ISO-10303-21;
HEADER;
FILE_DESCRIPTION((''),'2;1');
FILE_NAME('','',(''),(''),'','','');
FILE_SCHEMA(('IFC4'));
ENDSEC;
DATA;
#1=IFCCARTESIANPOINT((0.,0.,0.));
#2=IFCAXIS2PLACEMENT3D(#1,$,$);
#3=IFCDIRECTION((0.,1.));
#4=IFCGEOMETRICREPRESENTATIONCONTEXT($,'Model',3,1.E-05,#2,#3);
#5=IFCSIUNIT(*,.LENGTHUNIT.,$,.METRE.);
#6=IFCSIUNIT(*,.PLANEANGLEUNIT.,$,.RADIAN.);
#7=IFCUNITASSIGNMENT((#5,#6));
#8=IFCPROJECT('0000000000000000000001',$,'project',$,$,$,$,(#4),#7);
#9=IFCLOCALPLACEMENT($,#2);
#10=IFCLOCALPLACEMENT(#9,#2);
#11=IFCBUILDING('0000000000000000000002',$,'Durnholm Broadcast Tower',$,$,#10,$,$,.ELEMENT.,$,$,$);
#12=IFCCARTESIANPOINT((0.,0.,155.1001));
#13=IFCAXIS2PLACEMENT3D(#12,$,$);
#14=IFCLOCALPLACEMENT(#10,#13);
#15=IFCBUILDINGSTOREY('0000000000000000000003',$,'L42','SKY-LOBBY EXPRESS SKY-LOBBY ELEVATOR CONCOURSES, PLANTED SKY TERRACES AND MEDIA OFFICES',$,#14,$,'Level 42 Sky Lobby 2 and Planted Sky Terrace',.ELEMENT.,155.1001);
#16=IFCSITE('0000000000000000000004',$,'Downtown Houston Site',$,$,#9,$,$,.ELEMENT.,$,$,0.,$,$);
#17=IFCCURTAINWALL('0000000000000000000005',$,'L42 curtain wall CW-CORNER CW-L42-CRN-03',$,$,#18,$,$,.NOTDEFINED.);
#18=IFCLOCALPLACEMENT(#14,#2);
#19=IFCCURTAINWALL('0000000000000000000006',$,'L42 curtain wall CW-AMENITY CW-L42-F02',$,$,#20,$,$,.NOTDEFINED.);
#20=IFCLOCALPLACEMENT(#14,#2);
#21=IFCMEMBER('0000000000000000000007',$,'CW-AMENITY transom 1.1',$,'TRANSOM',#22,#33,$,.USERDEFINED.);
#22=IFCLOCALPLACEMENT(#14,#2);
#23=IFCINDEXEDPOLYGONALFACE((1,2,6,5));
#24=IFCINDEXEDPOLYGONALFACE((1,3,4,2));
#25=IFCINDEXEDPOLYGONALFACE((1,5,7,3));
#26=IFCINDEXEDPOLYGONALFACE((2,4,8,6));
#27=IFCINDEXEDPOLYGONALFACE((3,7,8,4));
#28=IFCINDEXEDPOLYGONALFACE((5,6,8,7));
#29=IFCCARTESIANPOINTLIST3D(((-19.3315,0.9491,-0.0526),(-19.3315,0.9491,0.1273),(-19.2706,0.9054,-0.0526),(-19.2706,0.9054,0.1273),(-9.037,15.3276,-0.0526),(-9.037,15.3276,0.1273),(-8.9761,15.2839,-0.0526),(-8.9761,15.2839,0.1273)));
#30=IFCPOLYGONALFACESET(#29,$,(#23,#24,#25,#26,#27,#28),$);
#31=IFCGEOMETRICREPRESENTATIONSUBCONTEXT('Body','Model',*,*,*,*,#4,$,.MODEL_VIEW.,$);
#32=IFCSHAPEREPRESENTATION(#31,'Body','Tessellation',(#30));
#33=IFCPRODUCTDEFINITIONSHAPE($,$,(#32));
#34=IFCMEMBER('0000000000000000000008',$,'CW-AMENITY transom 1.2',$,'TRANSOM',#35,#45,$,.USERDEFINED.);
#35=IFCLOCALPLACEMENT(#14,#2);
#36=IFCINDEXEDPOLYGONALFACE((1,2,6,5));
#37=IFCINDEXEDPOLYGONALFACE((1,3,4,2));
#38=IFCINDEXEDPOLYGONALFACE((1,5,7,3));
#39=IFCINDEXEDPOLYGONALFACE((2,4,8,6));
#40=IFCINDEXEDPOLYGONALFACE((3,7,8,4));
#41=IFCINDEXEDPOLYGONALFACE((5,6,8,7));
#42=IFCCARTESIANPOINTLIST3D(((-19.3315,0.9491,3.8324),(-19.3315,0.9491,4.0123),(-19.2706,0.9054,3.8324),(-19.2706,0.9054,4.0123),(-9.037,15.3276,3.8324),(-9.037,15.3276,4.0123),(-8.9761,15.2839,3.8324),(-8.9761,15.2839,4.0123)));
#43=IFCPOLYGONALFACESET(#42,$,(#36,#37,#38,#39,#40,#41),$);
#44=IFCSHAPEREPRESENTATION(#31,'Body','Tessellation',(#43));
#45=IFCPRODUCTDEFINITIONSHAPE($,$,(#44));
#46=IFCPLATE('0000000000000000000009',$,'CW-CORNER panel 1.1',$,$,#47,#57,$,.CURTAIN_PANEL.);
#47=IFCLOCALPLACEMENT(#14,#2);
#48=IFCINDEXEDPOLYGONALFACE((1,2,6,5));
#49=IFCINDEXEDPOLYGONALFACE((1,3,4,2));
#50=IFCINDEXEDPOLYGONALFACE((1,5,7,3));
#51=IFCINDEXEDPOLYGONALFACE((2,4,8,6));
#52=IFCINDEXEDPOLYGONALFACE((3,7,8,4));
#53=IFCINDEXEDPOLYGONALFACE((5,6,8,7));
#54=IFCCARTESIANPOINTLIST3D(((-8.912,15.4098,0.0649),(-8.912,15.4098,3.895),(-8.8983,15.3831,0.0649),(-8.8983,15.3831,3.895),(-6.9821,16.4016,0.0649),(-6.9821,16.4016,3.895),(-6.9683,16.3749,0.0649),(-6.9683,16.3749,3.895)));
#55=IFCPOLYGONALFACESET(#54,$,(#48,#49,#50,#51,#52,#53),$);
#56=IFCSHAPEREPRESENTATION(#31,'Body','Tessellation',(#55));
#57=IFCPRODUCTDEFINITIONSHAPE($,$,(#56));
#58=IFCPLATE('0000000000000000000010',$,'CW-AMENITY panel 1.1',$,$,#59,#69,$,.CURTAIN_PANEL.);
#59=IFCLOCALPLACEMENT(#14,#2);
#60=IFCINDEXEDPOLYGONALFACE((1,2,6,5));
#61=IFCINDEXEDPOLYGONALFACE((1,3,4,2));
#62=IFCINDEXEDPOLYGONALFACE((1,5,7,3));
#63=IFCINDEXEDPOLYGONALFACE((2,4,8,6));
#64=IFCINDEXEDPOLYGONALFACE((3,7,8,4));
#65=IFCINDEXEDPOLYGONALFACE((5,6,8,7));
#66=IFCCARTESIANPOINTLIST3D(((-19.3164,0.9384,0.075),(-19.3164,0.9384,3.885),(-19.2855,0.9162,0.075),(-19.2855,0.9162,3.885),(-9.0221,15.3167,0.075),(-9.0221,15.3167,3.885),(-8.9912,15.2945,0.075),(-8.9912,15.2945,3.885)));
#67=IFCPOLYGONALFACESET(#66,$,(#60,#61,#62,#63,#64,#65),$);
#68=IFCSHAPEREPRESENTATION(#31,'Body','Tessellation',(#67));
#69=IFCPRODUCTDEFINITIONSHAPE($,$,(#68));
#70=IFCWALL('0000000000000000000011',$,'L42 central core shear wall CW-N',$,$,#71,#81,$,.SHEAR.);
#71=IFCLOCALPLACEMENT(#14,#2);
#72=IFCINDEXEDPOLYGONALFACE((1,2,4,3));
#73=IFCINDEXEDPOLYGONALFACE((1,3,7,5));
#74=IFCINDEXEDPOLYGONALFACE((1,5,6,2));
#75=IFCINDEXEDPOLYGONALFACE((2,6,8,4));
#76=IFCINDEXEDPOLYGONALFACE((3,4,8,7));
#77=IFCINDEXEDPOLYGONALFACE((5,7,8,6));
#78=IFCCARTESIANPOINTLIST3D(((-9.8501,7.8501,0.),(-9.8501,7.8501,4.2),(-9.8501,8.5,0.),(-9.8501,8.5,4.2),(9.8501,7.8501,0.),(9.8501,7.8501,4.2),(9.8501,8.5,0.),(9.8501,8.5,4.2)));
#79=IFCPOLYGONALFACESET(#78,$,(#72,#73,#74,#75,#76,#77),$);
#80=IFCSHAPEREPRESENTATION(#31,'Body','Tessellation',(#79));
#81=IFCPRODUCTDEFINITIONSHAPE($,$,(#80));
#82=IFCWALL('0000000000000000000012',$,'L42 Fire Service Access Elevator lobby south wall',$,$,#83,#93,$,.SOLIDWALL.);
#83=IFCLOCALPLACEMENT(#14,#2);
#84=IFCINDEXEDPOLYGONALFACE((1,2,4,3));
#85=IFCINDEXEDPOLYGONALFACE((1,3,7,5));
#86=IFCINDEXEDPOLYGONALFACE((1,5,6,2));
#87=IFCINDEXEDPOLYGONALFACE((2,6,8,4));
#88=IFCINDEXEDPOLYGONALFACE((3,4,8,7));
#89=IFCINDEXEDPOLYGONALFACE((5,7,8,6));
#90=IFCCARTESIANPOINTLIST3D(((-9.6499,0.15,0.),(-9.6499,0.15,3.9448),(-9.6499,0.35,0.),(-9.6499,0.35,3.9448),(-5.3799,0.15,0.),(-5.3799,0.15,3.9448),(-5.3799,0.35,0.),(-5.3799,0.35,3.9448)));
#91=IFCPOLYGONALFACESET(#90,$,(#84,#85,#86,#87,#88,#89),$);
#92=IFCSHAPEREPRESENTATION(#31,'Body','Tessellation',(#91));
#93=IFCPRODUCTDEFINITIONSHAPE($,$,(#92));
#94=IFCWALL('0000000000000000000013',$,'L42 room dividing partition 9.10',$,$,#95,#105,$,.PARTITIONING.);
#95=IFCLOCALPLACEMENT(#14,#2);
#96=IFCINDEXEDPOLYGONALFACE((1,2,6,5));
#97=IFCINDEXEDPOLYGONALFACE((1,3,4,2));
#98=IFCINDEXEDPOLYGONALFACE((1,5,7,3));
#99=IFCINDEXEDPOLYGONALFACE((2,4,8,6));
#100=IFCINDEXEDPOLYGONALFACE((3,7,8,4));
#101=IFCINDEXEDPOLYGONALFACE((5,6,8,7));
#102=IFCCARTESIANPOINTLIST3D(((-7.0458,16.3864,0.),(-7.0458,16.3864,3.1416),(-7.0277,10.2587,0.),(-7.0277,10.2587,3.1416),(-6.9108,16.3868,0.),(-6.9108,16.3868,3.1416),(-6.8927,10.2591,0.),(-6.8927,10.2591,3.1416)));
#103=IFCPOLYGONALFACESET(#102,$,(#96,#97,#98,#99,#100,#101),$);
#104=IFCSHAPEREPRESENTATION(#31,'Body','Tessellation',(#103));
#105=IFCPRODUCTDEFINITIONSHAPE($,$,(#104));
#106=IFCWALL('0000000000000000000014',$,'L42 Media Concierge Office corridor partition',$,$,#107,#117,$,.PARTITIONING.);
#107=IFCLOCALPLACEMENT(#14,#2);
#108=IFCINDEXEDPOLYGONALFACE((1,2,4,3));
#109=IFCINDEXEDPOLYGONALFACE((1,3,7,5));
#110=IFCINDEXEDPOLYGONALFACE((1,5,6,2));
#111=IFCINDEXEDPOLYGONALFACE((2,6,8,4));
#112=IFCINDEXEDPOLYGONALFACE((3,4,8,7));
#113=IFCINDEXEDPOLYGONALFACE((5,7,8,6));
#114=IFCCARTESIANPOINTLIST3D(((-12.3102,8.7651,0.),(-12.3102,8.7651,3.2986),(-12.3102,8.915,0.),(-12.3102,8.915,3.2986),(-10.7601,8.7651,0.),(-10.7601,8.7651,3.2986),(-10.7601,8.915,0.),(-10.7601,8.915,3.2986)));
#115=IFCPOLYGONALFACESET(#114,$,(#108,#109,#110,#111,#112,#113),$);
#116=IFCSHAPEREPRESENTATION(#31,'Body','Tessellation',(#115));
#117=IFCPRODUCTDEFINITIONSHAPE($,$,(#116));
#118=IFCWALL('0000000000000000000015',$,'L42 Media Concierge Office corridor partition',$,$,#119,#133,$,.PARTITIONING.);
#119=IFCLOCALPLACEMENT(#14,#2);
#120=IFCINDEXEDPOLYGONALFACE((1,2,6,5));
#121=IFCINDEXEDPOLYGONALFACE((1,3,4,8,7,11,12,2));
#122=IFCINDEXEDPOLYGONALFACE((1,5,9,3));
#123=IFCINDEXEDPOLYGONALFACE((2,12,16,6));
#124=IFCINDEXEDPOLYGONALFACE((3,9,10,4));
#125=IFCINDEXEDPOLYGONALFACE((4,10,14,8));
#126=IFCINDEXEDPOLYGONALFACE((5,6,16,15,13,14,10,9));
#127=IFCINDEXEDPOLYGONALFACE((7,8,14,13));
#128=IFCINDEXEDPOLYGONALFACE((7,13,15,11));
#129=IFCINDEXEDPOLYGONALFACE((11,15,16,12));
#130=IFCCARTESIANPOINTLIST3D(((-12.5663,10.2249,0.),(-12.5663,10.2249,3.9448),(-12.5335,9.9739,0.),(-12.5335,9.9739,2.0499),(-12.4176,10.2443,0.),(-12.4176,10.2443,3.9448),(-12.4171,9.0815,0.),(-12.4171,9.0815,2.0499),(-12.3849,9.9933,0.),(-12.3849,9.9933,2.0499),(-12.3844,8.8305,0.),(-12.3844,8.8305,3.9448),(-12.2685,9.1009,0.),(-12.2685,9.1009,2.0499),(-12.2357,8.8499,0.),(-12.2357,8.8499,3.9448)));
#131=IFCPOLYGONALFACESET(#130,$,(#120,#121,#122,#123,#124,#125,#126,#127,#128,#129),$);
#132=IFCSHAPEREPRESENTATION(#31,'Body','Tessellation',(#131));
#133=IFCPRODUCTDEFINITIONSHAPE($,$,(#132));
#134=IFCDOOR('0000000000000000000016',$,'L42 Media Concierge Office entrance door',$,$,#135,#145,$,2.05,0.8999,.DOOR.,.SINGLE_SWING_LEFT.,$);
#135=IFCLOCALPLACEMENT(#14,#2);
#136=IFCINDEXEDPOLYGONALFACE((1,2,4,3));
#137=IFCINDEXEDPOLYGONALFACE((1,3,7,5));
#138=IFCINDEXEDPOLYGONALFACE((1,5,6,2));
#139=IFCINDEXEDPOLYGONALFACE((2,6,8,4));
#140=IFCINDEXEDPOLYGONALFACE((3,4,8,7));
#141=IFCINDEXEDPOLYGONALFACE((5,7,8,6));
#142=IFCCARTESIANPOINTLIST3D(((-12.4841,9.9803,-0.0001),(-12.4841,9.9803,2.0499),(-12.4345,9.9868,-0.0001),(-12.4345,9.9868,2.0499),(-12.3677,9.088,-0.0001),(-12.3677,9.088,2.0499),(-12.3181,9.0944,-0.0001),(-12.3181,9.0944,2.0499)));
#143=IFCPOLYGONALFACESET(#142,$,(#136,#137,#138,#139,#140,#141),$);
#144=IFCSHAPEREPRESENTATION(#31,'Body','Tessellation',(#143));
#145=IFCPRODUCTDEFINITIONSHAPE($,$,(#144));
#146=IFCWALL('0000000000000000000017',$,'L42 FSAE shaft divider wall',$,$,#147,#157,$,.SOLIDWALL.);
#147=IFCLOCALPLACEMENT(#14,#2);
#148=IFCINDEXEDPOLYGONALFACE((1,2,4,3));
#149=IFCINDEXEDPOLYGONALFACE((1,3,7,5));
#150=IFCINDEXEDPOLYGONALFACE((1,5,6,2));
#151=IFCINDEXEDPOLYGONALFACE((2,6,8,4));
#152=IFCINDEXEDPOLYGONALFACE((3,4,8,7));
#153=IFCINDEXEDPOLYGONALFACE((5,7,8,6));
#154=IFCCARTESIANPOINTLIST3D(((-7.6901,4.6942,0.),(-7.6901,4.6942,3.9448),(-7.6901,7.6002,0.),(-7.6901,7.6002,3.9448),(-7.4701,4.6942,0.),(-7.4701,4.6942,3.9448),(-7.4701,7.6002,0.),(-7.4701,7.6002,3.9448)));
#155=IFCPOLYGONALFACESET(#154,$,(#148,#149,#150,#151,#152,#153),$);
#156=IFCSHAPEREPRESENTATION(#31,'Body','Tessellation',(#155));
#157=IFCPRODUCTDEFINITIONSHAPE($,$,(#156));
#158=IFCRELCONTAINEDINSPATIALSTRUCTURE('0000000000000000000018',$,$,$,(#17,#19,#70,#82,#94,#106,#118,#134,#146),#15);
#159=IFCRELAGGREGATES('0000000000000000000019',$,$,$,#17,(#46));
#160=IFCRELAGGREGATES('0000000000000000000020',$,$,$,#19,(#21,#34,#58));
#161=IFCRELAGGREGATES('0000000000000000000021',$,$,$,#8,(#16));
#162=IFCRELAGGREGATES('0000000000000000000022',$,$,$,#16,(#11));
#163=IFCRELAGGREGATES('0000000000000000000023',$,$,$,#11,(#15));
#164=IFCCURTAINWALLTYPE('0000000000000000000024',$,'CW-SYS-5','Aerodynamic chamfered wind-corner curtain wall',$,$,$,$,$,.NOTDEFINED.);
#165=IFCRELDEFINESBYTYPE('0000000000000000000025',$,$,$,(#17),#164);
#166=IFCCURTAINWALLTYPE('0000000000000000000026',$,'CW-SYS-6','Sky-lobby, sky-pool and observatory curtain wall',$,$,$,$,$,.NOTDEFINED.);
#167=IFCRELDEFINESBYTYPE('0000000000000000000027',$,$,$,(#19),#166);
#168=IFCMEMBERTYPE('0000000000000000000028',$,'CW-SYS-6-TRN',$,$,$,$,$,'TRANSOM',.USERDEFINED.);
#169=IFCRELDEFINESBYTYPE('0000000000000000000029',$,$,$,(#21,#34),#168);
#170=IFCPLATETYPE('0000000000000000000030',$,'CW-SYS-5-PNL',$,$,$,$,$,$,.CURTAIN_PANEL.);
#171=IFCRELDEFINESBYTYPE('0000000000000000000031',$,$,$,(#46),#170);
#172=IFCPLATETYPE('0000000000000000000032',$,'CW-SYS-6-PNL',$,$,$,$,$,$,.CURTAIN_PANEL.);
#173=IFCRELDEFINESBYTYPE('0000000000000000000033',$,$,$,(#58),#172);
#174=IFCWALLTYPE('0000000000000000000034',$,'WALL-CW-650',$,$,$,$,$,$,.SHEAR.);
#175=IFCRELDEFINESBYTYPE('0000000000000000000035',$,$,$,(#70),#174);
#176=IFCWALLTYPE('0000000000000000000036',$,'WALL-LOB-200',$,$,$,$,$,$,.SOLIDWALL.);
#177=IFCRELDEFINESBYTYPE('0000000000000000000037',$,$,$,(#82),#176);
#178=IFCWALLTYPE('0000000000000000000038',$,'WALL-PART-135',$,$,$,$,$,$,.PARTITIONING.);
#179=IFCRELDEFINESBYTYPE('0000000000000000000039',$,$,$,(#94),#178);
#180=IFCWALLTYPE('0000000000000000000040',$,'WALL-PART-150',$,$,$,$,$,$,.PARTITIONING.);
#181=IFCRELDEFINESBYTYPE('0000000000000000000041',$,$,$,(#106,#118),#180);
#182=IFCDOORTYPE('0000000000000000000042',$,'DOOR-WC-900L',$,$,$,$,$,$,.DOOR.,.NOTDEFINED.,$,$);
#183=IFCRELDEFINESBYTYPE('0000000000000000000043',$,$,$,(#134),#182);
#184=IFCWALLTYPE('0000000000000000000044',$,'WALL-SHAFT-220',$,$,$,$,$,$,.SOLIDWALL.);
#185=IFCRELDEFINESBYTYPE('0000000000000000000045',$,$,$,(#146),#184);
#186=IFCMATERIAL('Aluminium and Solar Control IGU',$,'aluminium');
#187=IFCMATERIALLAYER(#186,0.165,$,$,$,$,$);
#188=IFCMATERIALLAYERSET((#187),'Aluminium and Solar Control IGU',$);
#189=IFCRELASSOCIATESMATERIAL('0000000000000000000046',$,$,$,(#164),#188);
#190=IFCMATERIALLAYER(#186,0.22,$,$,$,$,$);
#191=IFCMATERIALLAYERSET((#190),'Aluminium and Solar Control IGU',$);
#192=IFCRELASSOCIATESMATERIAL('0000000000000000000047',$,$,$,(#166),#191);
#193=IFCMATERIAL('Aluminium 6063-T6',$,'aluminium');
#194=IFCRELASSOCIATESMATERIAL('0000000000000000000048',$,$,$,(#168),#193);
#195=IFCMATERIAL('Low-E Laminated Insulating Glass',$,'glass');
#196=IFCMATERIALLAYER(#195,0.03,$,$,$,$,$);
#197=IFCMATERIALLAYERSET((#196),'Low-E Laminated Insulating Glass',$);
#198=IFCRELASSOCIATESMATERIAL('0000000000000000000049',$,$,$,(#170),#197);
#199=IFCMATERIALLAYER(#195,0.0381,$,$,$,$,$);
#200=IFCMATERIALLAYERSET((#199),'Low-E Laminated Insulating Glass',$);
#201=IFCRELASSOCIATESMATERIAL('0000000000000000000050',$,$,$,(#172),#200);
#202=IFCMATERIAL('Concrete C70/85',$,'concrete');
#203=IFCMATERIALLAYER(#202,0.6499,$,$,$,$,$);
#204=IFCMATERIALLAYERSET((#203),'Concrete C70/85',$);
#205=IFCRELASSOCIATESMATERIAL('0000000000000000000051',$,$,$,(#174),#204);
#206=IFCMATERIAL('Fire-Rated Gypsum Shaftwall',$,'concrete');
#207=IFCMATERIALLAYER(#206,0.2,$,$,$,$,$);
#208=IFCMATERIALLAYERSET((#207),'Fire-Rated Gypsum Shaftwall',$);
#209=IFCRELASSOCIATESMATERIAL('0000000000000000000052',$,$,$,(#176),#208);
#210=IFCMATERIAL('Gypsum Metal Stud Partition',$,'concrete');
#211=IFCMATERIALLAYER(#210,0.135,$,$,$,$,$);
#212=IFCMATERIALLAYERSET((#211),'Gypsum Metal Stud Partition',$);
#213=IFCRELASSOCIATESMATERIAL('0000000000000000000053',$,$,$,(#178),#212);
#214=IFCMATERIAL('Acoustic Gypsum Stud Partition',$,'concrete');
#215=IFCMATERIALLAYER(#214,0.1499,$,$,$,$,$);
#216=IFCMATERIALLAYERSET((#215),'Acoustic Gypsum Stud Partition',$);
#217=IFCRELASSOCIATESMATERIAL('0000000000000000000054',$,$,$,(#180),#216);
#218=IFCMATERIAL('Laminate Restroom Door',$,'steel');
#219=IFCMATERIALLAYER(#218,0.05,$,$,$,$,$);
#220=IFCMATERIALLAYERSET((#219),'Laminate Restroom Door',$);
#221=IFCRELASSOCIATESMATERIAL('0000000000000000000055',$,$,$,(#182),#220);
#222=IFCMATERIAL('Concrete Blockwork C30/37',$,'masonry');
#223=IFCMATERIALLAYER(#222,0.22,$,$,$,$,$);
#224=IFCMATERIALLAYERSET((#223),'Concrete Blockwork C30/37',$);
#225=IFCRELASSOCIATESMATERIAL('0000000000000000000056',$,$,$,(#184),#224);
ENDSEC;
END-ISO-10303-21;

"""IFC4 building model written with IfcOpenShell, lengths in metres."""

from ifc_helpers import new_model, si_unit, direction, frame, frame_2d, origin, origin_2d, place, context, subcontext, project, spatial, rectangle, extrude, source, transform, mapped, material, layer, layer_set, material_profile, profile_set, type_object, type_shapes, element, fill, aggregate, save


model = new_model("IFC4")

# Units and contexts
model_context = context("Model", 3, precision=1e-05, world=origin(), true_north=direction((0.0, 1.0)))
body_context = subcontext(model_context, "Body", "Model", "MODEL_VIEW")
ifc_project = project(units=[si_unit("LENGTHUNIT", "METRE"), si_unit("PLANEANGLEUNIT", "RADIAN")], contexts=[model_context])

# Site, building, storey
site_placement = place(None, origin())
site = spatial("IfcSite", under=ifc_project, at=site_placement, Name="Downtown Houston Site", CompositionType="ELEMENT", RefElevation=0.0)
building_placement = place(site_placement, origin())
building = spatial("IfcBuilding", under=site, at=building_placement, Name="Durnholm Broadcast Tower", CompositionType="ELEMENT")
storey_placement = place(building_placement, frame((0.0, 0.0, 155.1001)))
storey = spatial("IfcBuildingStorey", under=building, at=storey_placement, Name="L42", Description="SKY-LOBBY EXPRESS SKY-LOBBY ELEVATOR CONCOURSES, PLANTED SKY TERRACES AND MEDIA OFFICES", LongName="Level 42 Sky Lobby 2 and Planted Sky Terrace", CompositionType="ELEMENT", Elevation=155.1001)

# Shared definitions
ifc_material_1 = material(Name="Concrete C70/85", Category="concrete")

# Curtain wall
ifc_material_2 = material(Name="Aluminium and Solar Control IGU", Category="aluminium")
ifc_layer_1 = layer(ifc_material_2, 0.165)
ifc_layer_set_1 = layer_set([ifc_layer_1], Name="Aluminium and Solar Control IGU")
curtain_wall_type_1 = type_object("IfcCurtainWallType", Name="CW-SYS-5", Description="Aerodynamic chamfered wind-corner curtain wall", PredefinedType="NOTDEFINED", material=ifc_layer_set_1)
ifc_material_3 = material(Name="Aluminium 6063-T6", Category="aluminium")
curtain_wall_1_placement = place(storey_placement, origin())
curtain_wall_1 = element("IfcCurtainWall", 1, at=curtain_wall_1_placement, inside=storey, type_object=curtain_wall_type_1, Name="L42 curtain wall CW-CORNER CW-L42-CRN-03", PredefinedType="NOTDEFINED")

# Curtain wall
ifc_layer_2 = layer(ifc_material_2, 0.22)
ifc_layer_set_2 = layer_set([ifc_layer_2], Name="Aluminium and Solar Control IGU")
curtain_wall_type_2 = type_object("IfcCurtainWallType", Name="CW-SYS-6", Description="Sky-lobby, sky-pool and observatory curtain wall", PredefinedType="NOTDEFINED", material=ifc_layer_set_2)
curtain_wall_2_placement = place(storey_placement, origin())
curtain_wall_2 = element("IfcCurtainWall", 2, at=curtain_wall_2_placement, inside=storey, type_object=curtain_wall_type_2, Name="L42 curtain wall CW-AMENITY CW-L42-F02", PredefinedType="NOTDEFINED")

# Members
ifc_material_profile_1 = material_profile(ifc_material_3, rectangle(XDim=0.075, YDim=0.1799, at=origin_2d()), Name="CWT75X180")
ifc_profile_set_1 = profile_set([ifc_material_profile_1], Name="Aluminium 6063-T6")
member_type_1 = type_object("IfcMemberType", Name="CW-SYS-6-TRN", ElementType="TRANSOM", PredefinedType="USERDEFINED", material=ifc_profile_set_1)
shared_shape_1 = source(origin(), body_context, "Body", "SweptSolid", [
    extrude(rectangle(XDim=0.075, YDim=0.1799, at=origin_2d()), origin(), (0.0, 0.0, 1.0), 17.6838),
])
type_shapes(member_type_1, [shared_shape_1])
member_1_placement = place(storey_placement, frame((-19.301, 0.9272, 0.0374), z_axis=(0.582142, 0.813087, 0.0), x_axis=(-0.813087, 0.582142, 0.0)))
member_1 = element("IfcMember", 3, at=member_1_placement, type_object=member_type_1, Name="CW-AMENITY transom 1.1", ObjectType="TRANSOM", PredefinedType="USERDEFINED", context=body_context, shape_type="MappedRepresentation", body=[
    mapped(shared_shape_1, transform((0.0, 0.0, 0.0), x_axis=(1.0, 0.0, 0.0), y_axis=(0.0, 1.0, 0.0), z_axis=(0.0, 0.0, 1.0), scale=1.0)),
])
member_2_placement = place(storey_placement, frame((-19.301, 0.9272, 3.9224), z_axis=(0.582142, 0.813087, 0.0), x_axis=(-0.813087, 0.582142, 0.0)))
member_2 = element("IfcMember", 4, at=member_2_placement, type_object=member_type_1, Name="CW-AMENITY transom 1.2", ObjectType="TRANSOM", PredefinedType="USERDEFINED", context=body_context, shape_type="MappedRepresentation", body=[
    mapped(shared_shape_1, transform((0.0, 0.0, 0.0), x_axis=(1.0, 0.0, 0.0), y_axis=(0.0, 1.0, 0.0), z_axis=(0.0, 0.0, 1.0), scale=1.0)),
])

# Plates
ifc_material_4 = material(Name="Low-E Laminated Insulating Glass", Category="glass")
ifc_layer_3 = layer(ifc_material_4, 0.03)
ifc_layer_set_3 = layer_set([ifc_layer_3], Name="Low-E Laminated Insulating Glass")
plate_type_1 = type_object("IfcPlateType", Name="CW-SYS-5-PNL", PredefinedType="CURTAIN_PANEL", material=ifc_layer_set_3)
shared_shape_2 = source(origin(), body_context, "Body", "SweptSolid", [
    extrude(rectangle(XDim=2.1699, YDim=0.03, at=origin_2d()), origin(), (0.0, 0.0, 1.0), 3.8301),
])
type_shapes(plate_type_1, [shared_shape_2])
plate_1_placement = place(storey_placement, frame((-7.9402, 15.8923, 0.0649), z_axis=(0.0, 0.0, 1.0), x_axis=(0.889425, 0.457082, 0.0)))
plate_1 = element("IfcPlate", 5, at=plate_1_placement, type_object=plate_type_1, Name="CW-CORNER panel 1.1", PredefinedType="CURTAIN_PANEL", context=body_context, shape_type="MappedRepresentation", body=[
    mapped(shared_shape_2, transform((0.0, 0.0, 0.0), x_axis=(1.0, 0.0, 0.0), y_axis=(0.0, 1.0, 0.0), z_axis=(0.0, 0.0, 1.0), scale=1.0)),
])
aggregate(curtain_wall_1, [plate_1])
ifc_layer_4 = layer(ifc_material_4, 0.0381)
ifc_layer_set_4 = layer_set([ifc_layer_4], Name="Low-E Laminated Insulating Glass")
plate_type_2 = type_object("IfcPlateType", Name="CW-SYS-6-PNL", PredefinedType="CURTAIN_PANEL", material=ifc_layer_set_4)
shared_shape_3 = source(origin(), body_context, "Body", "SweptSolid", [
    extrude(rectangle(XDim=17.6836, YDim=0.0381, at=origin_2d()), origin(), (0.0, 0.0, 1.0), 3.8101),
])
type_shapes(plate_type_2, [shared_shape_3])
plate_2_placement = place(storey_placement, frame((-14.1538, 8.1165, 0.075), z_axis=(0.0, 0.0, 1.0), x_axis=(0.582139, 0.813089, 0.0)))
plate_2 = element("IfcPlate", 6, at=plate_2_placement, type_object=plate_type_2, Name="CW-AMENITY panel 1.1", PredefinedType="CURTAIN_PANEL", context=body_context, shape_type="MappedRepresentation", body=[
    mapped(shared_shape_3, transform((0.0, 0.0, 0.0), x_axis=(1.0, 0.0, 0.0), y_axis=(0.0, 1.0, 0.0), z_axis=(0.0, 0.0, 1.0), scale=1.0)),
])
aggregate(curtain_wall_2, [member_1, member_2, plate_2])

# Walls
ifc_layer_5 = layer(ifc_material_1, 0.6499)
ifc_layer_set_5 = layer_set([ifc_layer_5], Name="Concrete C70/85")
wall_type_1 = type_object("IfcWallType", Name="WALL-CW-650", PredefinedType="SHEAR", material=ifc_layer_set_5)
wall_1_placement = place(storey_placement, frame((-9.8501, 8.175, 0.0), z_axis=(0.0, 0.0, 1.0), x_axis=(1.0, 0.0, 0.0)))
element("IfcWall", 7, at=wall_1_placement, inside=storey, type_object=wall_type_1, Name="L42 central core shear wall CW-N", PredefinedType="SHEAR", context=body_context, shape_type="SweptSolid", body=[
    extrude(rectangle(XDim=19.7002, YDim=0.6499, at=frame_2d((9.8501, 0.0))), origin(), (0.0, 0.0, 1.0), 4.2),
])
ifc_material_5 = material(Name="Fire-Rated Gypsum Shaftwall", Category="concrete")
ifc_layer_6 = layer(ifc_material_5, 0.2)
ifc_layer_set_6 = layer_set([ifc_layer_6], Name="Fire-Rated Gypsum Shaftwall")
wall_type_2 = type_object("IfcWallType", Name="WALL-LOB-200", PredefinedType="SOLIDWALL", material=ifc_layer_set_6)
wall_2_placement = place(storey_placement, frame((-9.6499, 0.25, 0.0), z_axis=(0.0, 0.0, 1.0), x_axis=(1.0, 0.0, 0.0)))
element("IfcWall", 8, at=wall_2_placement, inside=storey, type_object=wall_type_2, Name="L42 Fire Service Access Elevator lobby south wall", PredefinedType="SOLIDWALL", context=body_context, shape_type="SweptSolid", body=[
    extrude(rectangle(XDim=4.27, YDim=0.2, at=frame_2d((2.135, 0.0))), origin(), (0.0, 0.0, 1.0), 3.9448),
])
ifc_material_6 = material(Name="Gypsum Metal Stud Partition", Category="concrete")
ifc_layer_7 = layer(ifc_material_6, 0.135)
ifc_layer_set_7 = layer_set([ifc_layer_7], Name="Gypsum Metal Stud Partition")
wall_type_3 = type_object("IfcWallType", Name="WALL-PART-135", PredefinedType="PARTITIONING", material=ifc_layer_set_7)
wall_3_placement = place(storey_placement, frame((-6.9783, 16.3867, 0.0), z_axis=(0.0, 0.0, 1.0), x_axis=(0.002948, -0.999996, 0.0)))
element("IfcWall", 9, at=wall_3_placement, inside=storey, type_object=wall_type_3, Name="L42 room dividing partition 9.10", PredefinedType="PARTITIONING", context=body_context, shape_type="SweptSolid", body=[
    extrude(rectangle(XDim=6.1277, YDim=0.135, at=frame_2d((3.064, 0.0))), origin(), (0.0, 0.0, 1.0), 3.1416),
])
ifc_material_7 = material(Name="Acoustic Gypsum Stud Partition", Category="concrete")
ifc_layer_8 = layer(ifc_material_7, 0.1499)
ifc_layer_set_8 = layer_set([ifc_layer_8], Name="Acoustic Gypsum Stud Partition")
wall_type_4 = type_object("IfcWallType", Name="WALL-PART-150", PredefinedType="PARTITIONING", material=ifc_layer_set_8)
wall_4_placement = place(storey_placement, frame((-12.3101, 8.8401, 0.0), z_axis=(0.0, 0.0, 1.0), x_axis=(1.0, 0.0, 0.0)))
element("IfcWall", 10, at=wall_4_placement, inside=storey, type_object=wall_type_4, Name="L42 Media Concierge Office corridor partition", PredefinedType="PARTITIONING", context=body_context, shape_type="SweptSolid", body=[
    extrude(rectangle(XDim=1.55, YDim=0.1499, at=frame_2d((0.7749, 0.0))), origin(), (0.0, 0.0, 1.0), 3.2986),
])

# Wall, opening, door
wall_5_placement = place(storey_placement, frame((-12.4919, 10.2346, 0.0), z_axis=(0.0, 0.0, 1.0), x_axis=(0.129332, -0.991601, 0.0)))
wall_5 = element("IfcWall", 11, at=wall_5_placement, inside=storey, type_object=wall_type_4, Name="L42 Media Concierge Office corridor partition", PredefinedType="PARTITIONING", context=body_context, shape_type="SweptSolid", body=[
    extrude(rectangle(XDim=1.4062, YDim=0.1499, at=frame_2d((0.7031, 0.0))), origin(), (0.0, 0.0, 1.0), 3.9448),
])
opening_1_placement = place(wall_5_placement, frame((0.2532, 0.0, 0.0)))
opening_1 = element("IfcOpeningElement", 12, at=opening_1_placement, cuts=wall_5, PredefinedType="OPENING", context=body_context, shape_type="SweptSolid", body=[
    extrude(rectangle(XDim=0.8999, YDim=2.05, at=frame_2d((0.45, 1.0249))), frame((0.0, 0.085, 0.0), z_axis=(0.0, -1.0, 0.0), x_axis=(1.0, 0.0, 0.0)), (0.0, 0.0, 1.0), 0.1699),
])
ifc_material_8 = material(Name="Laminate Restroom Door", Category="steel")
ifc_layer_9 = layer(ifc_material_8, 0.05)
ifc_layer_set_9 = layer_set([ifc_layer_9], Name="Laminate Restroom Door")
door_type_1 = type_object("IfcDoorType", Name="DOOR-WC-900L", OperationType="NOTDEFINED", PredefinedType="DOOR", material=ifc_layer_set_9)
shared_shape_4 = source(origin(), body_context, "Body", "SweptSolid", [
    extrude(rectangle(XDim=0.8999, YDim=2.05, at=frame_2d((0.45, 1.0249))), frame((0.0, 0.0249, 0.0), z_axis=(0.0, -1.0, 0.0), x_axis=(1.0, 0.0, 0.0)), (0.0, 0.0, 1.0), 0.05),
])
type_shapes(door_type_1, [shared_shape_4])
door_1_placement = place(opening_1_placement, origin())
door_1 = element("IfcDoor", 13, at=door_1_placement, inside=storey, type_object=door_type_1, Name="L42 Media Concierge Office entrance door", OperationType="SINGLE_SWING_LEFT", OverallHeight=2.05, OverallWidth=0.8999, PredefinedType="DOOR", context=body_context, shape_type="MappedRepresentation", body=[
    mapped(shared_shape_4, transform((0.0, 0.0, 0.0), x_axis=(1.0, 0.0, 0.0), y_axis=(0.0, 1.0, 0.0), z_axis=(0.0, 0.0, 1.0), scale=1.0)),
])
fill(opening_1, door_1)

# Shared definitions
ifc_material_9 = material(Name="Concrete Blockwork C30/37", Category="masonry")
ifc_layer_10 = layer(ifc_material_9, 0.22)
ifc_layer_set_10 = layer_set([ifc_layer_10], Name="Concrete Blockwork C30/37")
wall_type_5 = type_object("IfcWallType", Name="WALL-SHAFT-220", PredefinedType="SOLIDWALL", material=ifc_layer_set_10)

# Wall
wall_6_placement = place(storey_placement, frame((-7.5801, 4.6941, 0.0), z_axis=(0.0, 0.0, 1.0), x_axis=(0.0, 1.0, 0.0)))
element("IfcWall", 14, at=wall_6_placement, inside=storey, type_object=wall_type_5, Name="L42 FSAE shaft divider wall", PredefinedType="SOLIDWALL", context=body_context, shape_type="SweptSolid", body=[
    extrude(rectangle(XDim=2.906, YDim=0.22, at=frame_2d((1.4531, 0.0))), origin(), (0.0, 0.0, 1.0), 3.9448),
])

save(model, "model.ifc")
